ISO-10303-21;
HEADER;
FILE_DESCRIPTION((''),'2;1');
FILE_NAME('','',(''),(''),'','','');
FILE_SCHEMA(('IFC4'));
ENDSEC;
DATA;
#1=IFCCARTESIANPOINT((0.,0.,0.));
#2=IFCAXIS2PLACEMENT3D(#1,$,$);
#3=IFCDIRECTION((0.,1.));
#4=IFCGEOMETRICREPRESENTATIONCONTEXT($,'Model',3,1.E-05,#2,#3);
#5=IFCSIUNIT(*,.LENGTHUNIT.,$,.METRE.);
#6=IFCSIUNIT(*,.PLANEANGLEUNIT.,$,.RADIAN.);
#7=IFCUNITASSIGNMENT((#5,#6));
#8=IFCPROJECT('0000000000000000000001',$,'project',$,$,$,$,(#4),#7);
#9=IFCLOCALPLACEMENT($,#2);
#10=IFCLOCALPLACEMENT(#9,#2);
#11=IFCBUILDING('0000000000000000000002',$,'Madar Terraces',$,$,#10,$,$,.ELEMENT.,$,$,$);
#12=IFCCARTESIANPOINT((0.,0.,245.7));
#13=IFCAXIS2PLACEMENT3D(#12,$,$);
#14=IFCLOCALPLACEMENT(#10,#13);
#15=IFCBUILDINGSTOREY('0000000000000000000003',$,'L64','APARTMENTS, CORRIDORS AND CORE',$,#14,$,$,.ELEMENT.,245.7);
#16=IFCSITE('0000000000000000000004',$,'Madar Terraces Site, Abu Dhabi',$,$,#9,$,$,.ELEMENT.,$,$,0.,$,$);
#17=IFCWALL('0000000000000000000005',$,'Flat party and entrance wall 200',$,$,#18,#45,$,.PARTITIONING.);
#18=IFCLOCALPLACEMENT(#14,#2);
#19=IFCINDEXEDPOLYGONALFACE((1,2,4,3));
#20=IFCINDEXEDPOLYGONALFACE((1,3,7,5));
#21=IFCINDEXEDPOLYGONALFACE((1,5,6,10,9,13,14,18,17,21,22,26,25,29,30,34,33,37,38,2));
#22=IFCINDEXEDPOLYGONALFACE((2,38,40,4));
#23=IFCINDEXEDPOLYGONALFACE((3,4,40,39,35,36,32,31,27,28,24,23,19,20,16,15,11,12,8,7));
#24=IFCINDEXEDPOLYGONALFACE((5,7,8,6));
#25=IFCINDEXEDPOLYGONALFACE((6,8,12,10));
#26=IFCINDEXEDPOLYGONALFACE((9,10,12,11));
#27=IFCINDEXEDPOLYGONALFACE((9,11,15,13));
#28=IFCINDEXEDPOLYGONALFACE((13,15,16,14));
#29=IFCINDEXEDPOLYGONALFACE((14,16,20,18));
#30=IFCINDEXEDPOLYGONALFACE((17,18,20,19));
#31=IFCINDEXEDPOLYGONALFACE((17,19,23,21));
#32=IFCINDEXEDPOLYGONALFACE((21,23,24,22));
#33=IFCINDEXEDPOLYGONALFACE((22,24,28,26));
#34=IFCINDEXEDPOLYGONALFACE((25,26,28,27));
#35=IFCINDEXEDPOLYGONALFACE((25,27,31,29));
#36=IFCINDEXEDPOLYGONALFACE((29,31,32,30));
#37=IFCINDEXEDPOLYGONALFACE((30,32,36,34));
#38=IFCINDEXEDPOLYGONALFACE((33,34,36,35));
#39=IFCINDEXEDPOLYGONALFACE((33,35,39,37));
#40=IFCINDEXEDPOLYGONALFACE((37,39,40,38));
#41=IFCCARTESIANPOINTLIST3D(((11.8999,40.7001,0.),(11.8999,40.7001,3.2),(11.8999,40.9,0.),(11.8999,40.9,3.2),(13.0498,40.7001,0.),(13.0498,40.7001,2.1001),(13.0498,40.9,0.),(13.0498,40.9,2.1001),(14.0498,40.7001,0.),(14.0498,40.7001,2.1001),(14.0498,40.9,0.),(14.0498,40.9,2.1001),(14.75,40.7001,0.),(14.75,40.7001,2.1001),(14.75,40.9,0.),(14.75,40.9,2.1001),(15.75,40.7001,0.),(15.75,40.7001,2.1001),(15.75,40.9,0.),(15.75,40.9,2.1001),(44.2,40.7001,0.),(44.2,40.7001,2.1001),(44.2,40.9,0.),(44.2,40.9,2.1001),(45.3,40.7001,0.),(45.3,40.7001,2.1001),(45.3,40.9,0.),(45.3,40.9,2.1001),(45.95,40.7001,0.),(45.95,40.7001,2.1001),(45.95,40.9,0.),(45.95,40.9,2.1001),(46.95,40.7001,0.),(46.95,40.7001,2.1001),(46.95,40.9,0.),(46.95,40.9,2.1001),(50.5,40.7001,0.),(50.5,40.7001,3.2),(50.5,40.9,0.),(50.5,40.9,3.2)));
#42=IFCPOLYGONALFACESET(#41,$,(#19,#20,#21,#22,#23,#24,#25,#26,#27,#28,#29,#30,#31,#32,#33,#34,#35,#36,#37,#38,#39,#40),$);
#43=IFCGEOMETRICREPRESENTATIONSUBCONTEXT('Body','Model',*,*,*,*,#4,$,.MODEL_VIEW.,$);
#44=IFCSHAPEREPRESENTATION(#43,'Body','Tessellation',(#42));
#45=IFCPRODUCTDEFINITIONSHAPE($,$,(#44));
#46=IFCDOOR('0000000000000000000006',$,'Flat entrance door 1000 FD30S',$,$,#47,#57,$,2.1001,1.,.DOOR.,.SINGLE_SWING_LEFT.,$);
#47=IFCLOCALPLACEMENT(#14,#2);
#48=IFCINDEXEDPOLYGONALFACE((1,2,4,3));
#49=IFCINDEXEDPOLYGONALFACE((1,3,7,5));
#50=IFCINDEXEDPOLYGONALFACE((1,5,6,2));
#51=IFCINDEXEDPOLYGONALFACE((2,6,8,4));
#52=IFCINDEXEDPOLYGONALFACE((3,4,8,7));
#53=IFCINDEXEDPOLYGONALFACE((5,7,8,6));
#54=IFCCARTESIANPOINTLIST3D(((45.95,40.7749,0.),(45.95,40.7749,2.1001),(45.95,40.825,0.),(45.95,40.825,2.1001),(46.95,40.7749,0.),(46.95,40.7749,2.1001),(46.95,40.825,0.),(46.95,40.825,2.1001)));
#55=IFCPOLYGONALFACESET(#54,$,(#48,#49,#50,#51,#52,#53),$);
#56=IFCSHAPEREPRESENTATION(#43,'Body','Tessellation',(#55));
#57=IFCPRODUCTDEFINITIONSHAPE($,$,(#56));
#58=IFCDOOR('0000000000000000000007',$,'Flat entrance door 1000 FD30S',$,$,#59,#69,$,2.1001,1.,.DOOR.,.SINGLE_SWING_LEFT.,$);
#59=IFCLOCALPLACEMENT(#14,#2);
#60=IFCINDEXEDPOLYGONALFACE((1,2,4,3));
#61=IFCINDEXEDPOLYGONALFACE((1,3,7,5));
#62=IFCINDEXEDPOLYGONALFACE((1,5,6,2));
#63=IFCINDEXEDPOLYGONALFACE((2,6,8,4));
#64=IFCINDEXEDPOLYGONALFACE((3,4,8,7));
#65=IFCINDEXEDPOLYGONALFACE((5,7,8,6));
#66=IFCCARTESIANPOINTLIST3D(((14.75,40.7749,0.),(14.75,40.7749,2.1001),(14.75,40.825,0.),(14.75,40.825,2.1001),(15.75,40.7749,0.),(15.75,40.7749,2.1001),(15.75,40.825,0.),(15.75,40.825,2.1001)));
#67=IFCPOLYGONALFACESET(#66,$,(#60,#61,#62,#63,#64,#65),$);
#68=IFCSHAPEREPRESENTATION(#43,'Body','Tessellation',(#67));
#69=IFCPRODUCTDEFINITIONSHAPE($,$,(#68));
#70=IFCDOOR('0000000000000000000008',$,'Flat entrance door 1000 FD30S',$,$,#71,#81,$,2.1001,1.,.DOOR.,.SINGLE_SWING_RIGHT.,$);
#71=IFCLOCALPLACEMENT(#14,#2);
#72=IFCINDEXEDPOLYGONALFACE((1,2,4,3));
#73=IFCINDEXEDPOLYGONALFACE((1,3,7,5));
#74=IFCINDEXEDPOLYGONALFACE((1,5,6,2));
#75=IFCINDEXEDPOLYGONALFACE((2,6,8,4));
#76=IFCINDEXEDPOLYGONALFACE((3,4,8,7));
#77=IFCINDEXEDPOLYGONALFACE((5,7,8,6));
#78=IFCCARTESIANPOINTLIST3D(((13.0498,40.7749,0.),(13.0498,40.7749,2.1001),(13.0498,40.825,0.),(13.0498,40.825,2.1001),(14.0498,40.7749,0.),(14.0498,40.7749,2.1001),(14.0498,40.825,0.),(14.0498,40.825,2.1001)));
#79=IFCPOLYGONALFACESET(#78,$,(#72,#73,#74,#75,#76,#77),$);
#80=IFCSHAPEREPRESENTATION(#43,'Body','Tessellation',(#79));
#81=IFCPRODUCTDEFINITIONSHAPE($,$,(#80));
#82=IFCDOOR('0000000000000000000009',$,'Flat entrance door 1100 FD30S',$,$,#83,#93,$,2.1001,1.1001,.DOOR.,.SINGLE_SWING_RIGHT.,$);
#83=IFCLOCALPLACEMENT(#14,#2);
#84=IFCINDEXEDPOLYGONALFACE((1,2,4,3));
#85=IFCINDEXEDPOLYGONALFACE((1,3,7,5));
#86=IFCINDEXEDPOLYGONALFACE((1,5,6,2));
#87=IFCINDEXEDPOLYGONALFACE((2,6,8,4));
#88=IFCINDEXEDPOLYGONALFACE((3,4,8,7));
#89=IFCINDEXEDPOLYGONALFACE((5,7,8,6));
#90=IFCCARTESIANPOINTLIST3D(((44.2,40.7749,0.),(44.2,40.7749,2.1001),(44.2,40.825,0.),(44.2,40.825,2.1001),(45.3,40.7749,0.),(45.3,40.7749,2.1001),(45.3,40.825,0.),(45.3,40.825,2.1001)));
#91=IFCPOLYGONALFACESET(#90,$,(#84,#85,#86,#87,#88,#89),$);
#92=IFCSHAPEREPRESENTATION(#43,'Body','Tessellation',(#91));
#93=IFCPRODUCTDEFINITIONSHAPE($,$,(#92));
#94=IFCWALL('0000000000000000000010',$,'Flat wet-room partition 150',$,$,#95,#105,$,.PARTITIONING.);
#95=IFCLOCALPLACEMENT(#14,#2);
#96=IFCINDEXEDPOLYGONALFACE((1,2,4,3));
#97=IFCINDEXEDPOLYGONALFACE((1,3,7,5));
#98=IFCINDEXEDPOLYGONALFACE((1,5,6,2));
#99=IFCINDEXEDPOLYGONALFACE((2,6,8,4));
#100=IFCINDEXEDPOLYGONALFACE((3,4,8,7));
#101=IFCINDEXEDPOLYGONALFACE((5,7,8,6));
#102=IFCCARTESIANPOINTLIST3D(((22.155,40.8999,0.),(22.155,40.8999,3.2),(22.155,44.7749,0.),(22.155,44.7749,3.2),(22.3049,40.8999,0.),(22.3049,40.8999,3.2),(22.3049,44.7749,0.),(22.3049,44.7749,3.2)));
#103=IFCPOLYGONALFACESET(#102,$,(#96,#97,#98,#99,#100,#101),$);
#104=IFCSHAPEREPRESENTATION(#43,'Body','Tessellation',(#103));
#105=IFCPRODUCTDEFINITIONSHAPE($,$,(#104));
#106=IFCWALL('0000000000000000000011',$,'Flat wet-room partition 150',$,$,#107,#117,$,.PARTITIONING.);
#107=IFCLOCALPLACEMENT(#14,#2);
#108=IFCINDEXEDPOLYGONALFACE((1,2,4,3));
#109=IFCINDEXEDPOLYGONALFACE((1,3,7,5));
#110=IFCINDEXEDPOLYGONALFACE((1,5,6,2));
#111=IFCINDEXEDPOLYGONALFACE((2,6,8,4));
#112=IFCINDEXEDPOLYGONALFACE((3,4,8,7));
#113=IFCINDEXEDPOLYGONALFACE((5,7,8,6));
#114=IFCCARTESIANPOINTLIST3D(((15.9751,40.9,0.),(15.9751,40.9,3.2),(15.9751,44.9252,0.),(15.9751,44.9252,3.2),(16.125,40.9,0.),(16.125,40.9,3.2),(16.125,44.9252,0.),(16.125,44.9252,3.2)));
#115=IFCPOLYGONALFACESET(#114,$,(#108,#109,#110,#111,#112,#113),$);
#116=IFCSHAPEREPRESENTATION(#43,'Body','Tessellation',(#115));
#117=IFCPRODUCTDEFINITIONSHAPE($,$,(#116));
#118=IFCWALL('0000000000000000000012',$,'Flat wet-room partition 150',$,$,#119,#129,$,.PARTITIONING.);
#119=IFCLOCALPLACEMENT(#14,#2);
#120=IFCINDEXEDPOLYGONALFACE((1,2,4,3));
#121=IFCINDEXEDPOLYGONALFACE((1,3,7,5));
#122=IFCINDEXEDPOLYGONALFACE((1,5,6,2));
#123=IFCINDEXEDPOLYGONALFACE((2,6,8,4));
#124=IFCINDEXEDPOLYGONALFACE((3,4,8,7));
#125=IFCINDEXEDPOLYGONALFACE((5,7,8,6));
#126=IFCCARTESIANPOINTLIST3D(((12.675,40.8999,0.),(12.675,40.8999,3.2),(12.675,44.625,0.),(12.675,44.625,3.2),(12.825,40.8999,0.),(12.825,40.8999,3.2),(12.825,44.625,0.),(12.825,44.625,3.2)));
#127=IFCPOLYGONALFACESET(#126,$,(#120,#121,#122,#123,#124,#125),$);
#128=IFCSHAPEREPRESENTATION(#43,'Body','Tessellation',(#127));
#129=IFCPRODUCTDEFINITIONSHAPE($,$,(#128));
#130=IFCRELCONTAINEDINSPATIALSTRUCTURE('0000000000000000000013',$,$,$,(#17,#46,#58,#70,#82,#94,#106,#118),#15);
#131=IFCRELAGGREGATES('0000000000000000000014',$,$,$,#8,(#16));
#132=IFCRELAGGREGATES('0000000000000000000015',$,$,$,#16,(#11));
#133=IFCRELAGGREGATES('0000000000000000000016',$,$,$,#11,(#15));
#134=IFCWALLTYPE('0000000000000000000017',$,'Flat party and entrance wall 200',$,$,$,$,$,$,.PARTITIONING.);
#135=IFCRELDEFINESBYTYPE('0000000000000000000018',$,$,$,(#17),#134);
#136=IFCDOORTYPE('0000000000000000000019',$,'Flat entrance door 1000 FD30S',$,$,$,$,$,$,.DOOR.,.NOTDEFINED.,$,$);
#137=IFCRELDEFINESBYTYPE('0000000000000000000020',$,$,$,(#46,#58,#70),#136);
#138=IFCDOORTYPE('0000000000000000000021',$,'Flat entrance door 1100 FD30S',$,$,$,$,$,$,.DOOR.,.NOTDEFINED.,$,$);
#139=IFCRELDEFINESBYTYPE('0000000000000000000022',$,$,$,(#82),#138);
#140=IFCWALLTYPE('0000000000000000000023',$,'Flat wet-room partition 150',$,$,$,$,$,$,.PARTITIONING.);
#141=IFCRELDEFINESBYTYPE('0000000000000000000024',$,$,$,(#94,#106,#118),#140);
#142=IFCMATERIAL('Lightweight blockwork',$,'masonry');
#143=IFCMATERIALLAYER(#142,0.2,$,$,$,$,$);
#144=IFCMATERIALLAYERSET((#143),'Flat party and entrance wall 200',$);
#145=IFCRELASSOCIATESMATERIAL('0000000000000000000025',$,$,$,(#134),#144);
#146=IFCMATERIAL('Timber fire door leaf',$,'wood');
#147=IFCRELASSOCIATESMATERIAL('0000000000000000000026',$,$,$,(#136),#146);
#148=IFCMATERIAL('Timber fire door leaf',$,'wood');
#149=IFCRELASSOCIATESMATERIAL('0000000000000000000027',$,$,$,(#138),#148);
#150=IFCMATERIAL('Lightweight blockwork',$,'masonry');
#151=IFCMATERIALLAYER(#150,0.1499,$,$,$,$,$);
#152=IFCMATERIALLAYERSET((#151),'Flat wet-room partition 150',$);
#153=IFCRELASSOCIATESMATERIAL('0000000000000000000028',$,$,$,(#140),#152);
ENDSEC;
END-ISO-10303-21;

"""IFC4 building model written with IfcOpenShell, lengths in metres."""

from ifc_helpers import new_model, si_unit, direction, frame, frame_2d, origin, place, context, subcontext, project, spatial, rectangle, extrude, material, layer, layer_set, type_object, element, fill, save


model = new_model("IFC4")

# Units and contexts
model_context = context("Model", 3, precision=1e-05, world=origin(), true_north=direction((0.0, 1.0)))
body_context = subcontext(model_context, "Body", "Model", "MODEL_VIEW")
ifc_project = project(units=[si_unit("LENGTHUNIT", "METRE"), si_unit("PLANEANGLEUNIT", "RADIAN")], contexts=[model_context])

# Site, building, storey
site_placement = place(None, origin())
site = spatial("IfcSite", under=ifc_project, at=site_placement, Name="Madar Terraces Site, Abu Dhabi", CompositionType="ELEMENT", RefElevation=0.0)
building_placement = place(site_placement, origin())
building = spatial("IfcBuilding", under=site, at=building_placement, Name="Madar Terraces", CompositionType="ELEMENT")
storey_placement = place(building_placement, frame((0.0, 0.0, 245.7)))
storey = spatial("IfcBuildingStorey", under=building, at=storey_placement, Name="L64", Description="APARTMENTS, CORRIDORS AND CORE", CompositionType="ELEMENT", Elevation=245.7)

# Wall, openings, doors
ifc_material_1 = material(Name="Lightweight blockwork", Category="masonry")
ifc_layer_1 = layer(ifc_material_1, 0.2)
ifc_layer_set_1 = layer_set([ifc_layer_1], Name="Flat party and entrance wall 200")
wall_type_1 = type_object("IfcWallType", Name="Flat party and entrance wall 200", PredefinedType="PARTITIONING", material=ifc_layer_set_1)
wall_1_placement = place(storey_placement, frame((11.8999, 40.8, 0.0), z_axis=(0.0, 0.0, 1.0), x_axis=(1.0, 0.0, 0.0)))
wall_1 = element("IfcWall", 1, at=wall_1_placement, inside=storey, type_object=wall_type_1, Name="Flat party and entrance wall 200", PredefinedType="PARTITIONING", context=body_context, shape_type="SweptSolid", body=[
    extrude(rectangle(XDim=38.6001, YDim=0.2, at=frame_2d((19.3, 0.0))), origin(), (0.0, 0.0, 1.0), 3.2),
])
opening_1_placement = place(wall_1_placement, frame((34.05, 0.0, 0.0)))
opening_1 = element("IfcOpeningElement", 2, at=opening_1_placement, cuts=wall_1, PredefinedType="OPENING", context=body_context, shape_type="SweptSolid", body=[
    extrude(rectangle(XDim=1.0, YDim=2.1001, at=frame_2d((0.5, 1.05))), frame((0.0, 0.1099, 0.0), z_axis=(0.0, -1.0, 0.0), x_axis=(1.0, 0.0, 0.0)), (0.0, 0.0, 1.0), 0.22),
])
opening_2_placement = place(wall_1_placement, frame((32.3, 0.0, 0.0)))
opening_2 = element("IfcOpeningElement", 3, at=opening_2_placement, cuts=wall_1, PredefinedType="OPENING", context=body_context, shape_type="SweptSolid", body=[
    extrude(rectangle(XDim=1.1001, YDim=2.1001, at=frame_2d((0.55, 1.05))), frame((0.0, 0.1099, 0.0), z_axis=(0.0, -1.0, 0.0), x_axis=(1.0, 0.0, 0.0)), (0.0, 0.0, 1.0), 0.22),
])
opening_3_placement = place(wall_1_placement, frame((2.8501, 0.0, 0.0)))
opening_3 = element("IfcOpeningElement", 4, at=opening_3_placement, cuts=wall_1, PredefinedType="OPENING", context=body_context, shape_type="SweptSolid", body=[
    extrude(rectangle(XDim=1.0, YDim=2.1001, at=frame_2d((0.5, 1.05))), frame((0.0, 0.1099, 0.0), z_axis=(0.0, -1.0, 0.0), x_axis=(1.0, 0.0, 0.0)), (0.0, 0.0, 1.0), 0.22),
])
opening_4_placement = place(wall_1_placement, frame((1.1499, 0.0, 0.0)))
opening_4 = element("IfcOpeningElement", 5, at=opening_4_placement, cuts=wall_1, PredefinedType="OPENING", context=body_context, shape_type="SweptSolid", body=[
    extrude(rectangle(XDim=1.0, YDim=2.1001, at=frame_2d((0.5, 1.05))), frame((0.0, 0.1099, 0.0), z_axis=(0.0, -1.0, 0.0), x_axis=(1.0, 0.0, 0.0)), (0.0, 0.0, 1.0), 0.22),
])
ifc_material_2 = material(Name="Timber fire door leaf", Category="wood")
door_type_1 = type_object("IfcDoorType", Name="Flat entrance door 1000 FD30S", OperationType="NOTDEFINED", PredefinedType="DOOR", material=ifc_material_2)
door_1_placement = place(opening_1_placement, origin())
door_1 = element("IfcDoor", 6, at=door_1_placement, inside=storey, type_object=door_type_1, Name="Flat entrance door 1000 FD30S", OperationType="SINGLE_SWING_LEFT", OverallHeight=2.1001, OverallWidth=1.0, PredefinedType="DOOR", context=body_context, shape_type="SweptSolid", body=[
    extrude(rectangle(XDim=1.0, YDim=2.1001, at=frame_2d((0.5, 1.05))), frame((0.0, 0.0249, 0.0), z_axis=(0.0, -1.0, 0.0), x_axis=(1.0, 0.0, 0.0)), (0.0, 0.0, 1.0), 0.05),
])
fill(opening_1, door_1)
door_2_placement = place(opening_3_placement, origin())
door_2 = element("IfcDoor", 7, at=door_2_placement, inside=storey, type_object=door_type_1, Name="Flat entrance door 1000 FD30S", OperationType="SINGLE_SWING_LEFT", OverallHeight=2.1001, OverallWidth=1.0, PredefinedType="DOOR", context=body_context, shape_type="SweptSolid", body=[
    extrude(rectangle(XDim=1.0, YDim=2.1001, at=frame_2d((0.5, 1.05))), frame((0.0, 0.0249, 0.0), z_axis=(0.0, -1.0, 0.0), x_axis=(1.0, 0.0, 0.0)), (0.0, 0.0, 1.0), 0.05),
])
fill(opening_3, door_2)
door_3_placement = place(opening_4_placement, origin())
door_3 = element("IfcDoor", 8, at=door_3_placement, inside=storey, type_object=door_type_1, Name="Flat entrance door 1000 FD30S", OperationType="SINGLE_SWING_RIGHT", OverallHeight=2.1001, OverallWidth=1.0, PredefinedType="DOOR", context=body_context, shape_type="SweptSolid", body=[
    extrude(rectangle(XDim=1.0, YDim=2.1001, at=frame_2d((0.5, 1.05))), frame((0.0, 0.0249, 0.0), z_axis=(0.0, -1.0, 0.0), x_axis=(1.0, 0.0, 0.0)), (0.0, 0.0, 1.0), 0.05),
])
fill(opening_4, door_3)
ifc_material_3 = material(Name="Timber fire door leaf", Category="wood")
door_type_2 = type_object("IfcDoorType", Name="Flat entrance door 1100 FD30S", OperationType="NOTDEFINED", PredefinedType="DOOR", material=ifc_material_3)
door_4_placement = place(opening_2_placement, origin())
door_4 = element("IfcDoor", 9, at=door_4_placement, inside=storey, type_object=door_type_2, Name="Flat entrance door 1100 FD30S", OperationType="SINGLE_SWING_RIGHT", OverallHeight=2.1001, OverallWidth=1.1001, PredefinedType="DOOR", context=body_context, shape_type="SweptSolid", body=[
    extrude(rectangle(XDim=1.1001, YDim=2.1001, at=frame_2d((0.55, 1.05))), frame((0.0, 0.0249, 0.0), z_axis=(0.0, -1.0, 0.0), x_axis=(1.0, 0.0, 0.0)), (0.0, 0.0, 1.0), 0.05),
])
fill(opening_2, door_4)

# Walls
ifc_material_4 = material(Name="Lightweight blockwork", Category="masonry")
ifc_layer_2 = layer(ifc_material_4, 0.1499)
ifc_layer_set_2 = layer_set([ifc_layer_2], Name="Flat wet-room partition 150")
wall_type_2 = type_object("IfcWallType", Name="Flat wet-room partition 150", PredefinedType="PARTITIONING", material=ifc_layer_set_2)
wall_2_placement = place(storey_placement, frame((22.23, 40.8999, 0.0), z_axis=(0.0, 0.0, 1.0), x_axis=(0.0, 1.0, 0.0)))
element("IfcWall", 10, at=wall_2_placement, inside=storey, type_object=wall_type_2, Name="Flat wet-room partition 150", PredefinedType="PARTITIONING", context=body_context, shape_type="SweptSolid", body=[
    extrude(rectangle(XDim=3.875, YDim=0.1499, at=frame_2d((1.9375, 0.0))), origin(), (0.0, 0.0, 1.0), 3.2),
])
wall_3_placement = place(storey_placement, frame((16.05, 40.8999, 0.0), z_axis=(0.0, 0.0, 1.0), x_axis=(0.0, 1.0, 0.0)))
element("IfcWall", 11, at=wall_3_placement, inside=storey, type_object=wall_type_2, Name="Flat wet-room partition 150", PredefinedType="PARTITIONING", context=body_context, shape_type="SweptSolid", body=[
    extrude(rectangle(XDim=4.0251, YDim=0.1499, at=frame_2d((2.0127, 0.0))), origin(), (0.0, 0.0, 1.0), 3.2),
])
wall_4_placement = place(storey_placement, frame((12.75, 40.8999, 0.0), z_axis=(0.0, 0.0, 1.0), x_axis=(0.0, 1.0, 0.0)))
element("IfcWall", 12, at=wall_4_placement, inside=storey, type_object=wall_type_2, Name="Flat wet-room partition 150", PredefinedType="PARTITIONING", context=body_context, shape_type="SweptSolid", body=[
    extrude(rectangle(XDim=3.7251, YDim=0.1499, at=frame_2d((1.8625, 0.0))), origin(), (0.0, 0.0, 1.0), 3.2),
])

save(model, "model.ifc")
